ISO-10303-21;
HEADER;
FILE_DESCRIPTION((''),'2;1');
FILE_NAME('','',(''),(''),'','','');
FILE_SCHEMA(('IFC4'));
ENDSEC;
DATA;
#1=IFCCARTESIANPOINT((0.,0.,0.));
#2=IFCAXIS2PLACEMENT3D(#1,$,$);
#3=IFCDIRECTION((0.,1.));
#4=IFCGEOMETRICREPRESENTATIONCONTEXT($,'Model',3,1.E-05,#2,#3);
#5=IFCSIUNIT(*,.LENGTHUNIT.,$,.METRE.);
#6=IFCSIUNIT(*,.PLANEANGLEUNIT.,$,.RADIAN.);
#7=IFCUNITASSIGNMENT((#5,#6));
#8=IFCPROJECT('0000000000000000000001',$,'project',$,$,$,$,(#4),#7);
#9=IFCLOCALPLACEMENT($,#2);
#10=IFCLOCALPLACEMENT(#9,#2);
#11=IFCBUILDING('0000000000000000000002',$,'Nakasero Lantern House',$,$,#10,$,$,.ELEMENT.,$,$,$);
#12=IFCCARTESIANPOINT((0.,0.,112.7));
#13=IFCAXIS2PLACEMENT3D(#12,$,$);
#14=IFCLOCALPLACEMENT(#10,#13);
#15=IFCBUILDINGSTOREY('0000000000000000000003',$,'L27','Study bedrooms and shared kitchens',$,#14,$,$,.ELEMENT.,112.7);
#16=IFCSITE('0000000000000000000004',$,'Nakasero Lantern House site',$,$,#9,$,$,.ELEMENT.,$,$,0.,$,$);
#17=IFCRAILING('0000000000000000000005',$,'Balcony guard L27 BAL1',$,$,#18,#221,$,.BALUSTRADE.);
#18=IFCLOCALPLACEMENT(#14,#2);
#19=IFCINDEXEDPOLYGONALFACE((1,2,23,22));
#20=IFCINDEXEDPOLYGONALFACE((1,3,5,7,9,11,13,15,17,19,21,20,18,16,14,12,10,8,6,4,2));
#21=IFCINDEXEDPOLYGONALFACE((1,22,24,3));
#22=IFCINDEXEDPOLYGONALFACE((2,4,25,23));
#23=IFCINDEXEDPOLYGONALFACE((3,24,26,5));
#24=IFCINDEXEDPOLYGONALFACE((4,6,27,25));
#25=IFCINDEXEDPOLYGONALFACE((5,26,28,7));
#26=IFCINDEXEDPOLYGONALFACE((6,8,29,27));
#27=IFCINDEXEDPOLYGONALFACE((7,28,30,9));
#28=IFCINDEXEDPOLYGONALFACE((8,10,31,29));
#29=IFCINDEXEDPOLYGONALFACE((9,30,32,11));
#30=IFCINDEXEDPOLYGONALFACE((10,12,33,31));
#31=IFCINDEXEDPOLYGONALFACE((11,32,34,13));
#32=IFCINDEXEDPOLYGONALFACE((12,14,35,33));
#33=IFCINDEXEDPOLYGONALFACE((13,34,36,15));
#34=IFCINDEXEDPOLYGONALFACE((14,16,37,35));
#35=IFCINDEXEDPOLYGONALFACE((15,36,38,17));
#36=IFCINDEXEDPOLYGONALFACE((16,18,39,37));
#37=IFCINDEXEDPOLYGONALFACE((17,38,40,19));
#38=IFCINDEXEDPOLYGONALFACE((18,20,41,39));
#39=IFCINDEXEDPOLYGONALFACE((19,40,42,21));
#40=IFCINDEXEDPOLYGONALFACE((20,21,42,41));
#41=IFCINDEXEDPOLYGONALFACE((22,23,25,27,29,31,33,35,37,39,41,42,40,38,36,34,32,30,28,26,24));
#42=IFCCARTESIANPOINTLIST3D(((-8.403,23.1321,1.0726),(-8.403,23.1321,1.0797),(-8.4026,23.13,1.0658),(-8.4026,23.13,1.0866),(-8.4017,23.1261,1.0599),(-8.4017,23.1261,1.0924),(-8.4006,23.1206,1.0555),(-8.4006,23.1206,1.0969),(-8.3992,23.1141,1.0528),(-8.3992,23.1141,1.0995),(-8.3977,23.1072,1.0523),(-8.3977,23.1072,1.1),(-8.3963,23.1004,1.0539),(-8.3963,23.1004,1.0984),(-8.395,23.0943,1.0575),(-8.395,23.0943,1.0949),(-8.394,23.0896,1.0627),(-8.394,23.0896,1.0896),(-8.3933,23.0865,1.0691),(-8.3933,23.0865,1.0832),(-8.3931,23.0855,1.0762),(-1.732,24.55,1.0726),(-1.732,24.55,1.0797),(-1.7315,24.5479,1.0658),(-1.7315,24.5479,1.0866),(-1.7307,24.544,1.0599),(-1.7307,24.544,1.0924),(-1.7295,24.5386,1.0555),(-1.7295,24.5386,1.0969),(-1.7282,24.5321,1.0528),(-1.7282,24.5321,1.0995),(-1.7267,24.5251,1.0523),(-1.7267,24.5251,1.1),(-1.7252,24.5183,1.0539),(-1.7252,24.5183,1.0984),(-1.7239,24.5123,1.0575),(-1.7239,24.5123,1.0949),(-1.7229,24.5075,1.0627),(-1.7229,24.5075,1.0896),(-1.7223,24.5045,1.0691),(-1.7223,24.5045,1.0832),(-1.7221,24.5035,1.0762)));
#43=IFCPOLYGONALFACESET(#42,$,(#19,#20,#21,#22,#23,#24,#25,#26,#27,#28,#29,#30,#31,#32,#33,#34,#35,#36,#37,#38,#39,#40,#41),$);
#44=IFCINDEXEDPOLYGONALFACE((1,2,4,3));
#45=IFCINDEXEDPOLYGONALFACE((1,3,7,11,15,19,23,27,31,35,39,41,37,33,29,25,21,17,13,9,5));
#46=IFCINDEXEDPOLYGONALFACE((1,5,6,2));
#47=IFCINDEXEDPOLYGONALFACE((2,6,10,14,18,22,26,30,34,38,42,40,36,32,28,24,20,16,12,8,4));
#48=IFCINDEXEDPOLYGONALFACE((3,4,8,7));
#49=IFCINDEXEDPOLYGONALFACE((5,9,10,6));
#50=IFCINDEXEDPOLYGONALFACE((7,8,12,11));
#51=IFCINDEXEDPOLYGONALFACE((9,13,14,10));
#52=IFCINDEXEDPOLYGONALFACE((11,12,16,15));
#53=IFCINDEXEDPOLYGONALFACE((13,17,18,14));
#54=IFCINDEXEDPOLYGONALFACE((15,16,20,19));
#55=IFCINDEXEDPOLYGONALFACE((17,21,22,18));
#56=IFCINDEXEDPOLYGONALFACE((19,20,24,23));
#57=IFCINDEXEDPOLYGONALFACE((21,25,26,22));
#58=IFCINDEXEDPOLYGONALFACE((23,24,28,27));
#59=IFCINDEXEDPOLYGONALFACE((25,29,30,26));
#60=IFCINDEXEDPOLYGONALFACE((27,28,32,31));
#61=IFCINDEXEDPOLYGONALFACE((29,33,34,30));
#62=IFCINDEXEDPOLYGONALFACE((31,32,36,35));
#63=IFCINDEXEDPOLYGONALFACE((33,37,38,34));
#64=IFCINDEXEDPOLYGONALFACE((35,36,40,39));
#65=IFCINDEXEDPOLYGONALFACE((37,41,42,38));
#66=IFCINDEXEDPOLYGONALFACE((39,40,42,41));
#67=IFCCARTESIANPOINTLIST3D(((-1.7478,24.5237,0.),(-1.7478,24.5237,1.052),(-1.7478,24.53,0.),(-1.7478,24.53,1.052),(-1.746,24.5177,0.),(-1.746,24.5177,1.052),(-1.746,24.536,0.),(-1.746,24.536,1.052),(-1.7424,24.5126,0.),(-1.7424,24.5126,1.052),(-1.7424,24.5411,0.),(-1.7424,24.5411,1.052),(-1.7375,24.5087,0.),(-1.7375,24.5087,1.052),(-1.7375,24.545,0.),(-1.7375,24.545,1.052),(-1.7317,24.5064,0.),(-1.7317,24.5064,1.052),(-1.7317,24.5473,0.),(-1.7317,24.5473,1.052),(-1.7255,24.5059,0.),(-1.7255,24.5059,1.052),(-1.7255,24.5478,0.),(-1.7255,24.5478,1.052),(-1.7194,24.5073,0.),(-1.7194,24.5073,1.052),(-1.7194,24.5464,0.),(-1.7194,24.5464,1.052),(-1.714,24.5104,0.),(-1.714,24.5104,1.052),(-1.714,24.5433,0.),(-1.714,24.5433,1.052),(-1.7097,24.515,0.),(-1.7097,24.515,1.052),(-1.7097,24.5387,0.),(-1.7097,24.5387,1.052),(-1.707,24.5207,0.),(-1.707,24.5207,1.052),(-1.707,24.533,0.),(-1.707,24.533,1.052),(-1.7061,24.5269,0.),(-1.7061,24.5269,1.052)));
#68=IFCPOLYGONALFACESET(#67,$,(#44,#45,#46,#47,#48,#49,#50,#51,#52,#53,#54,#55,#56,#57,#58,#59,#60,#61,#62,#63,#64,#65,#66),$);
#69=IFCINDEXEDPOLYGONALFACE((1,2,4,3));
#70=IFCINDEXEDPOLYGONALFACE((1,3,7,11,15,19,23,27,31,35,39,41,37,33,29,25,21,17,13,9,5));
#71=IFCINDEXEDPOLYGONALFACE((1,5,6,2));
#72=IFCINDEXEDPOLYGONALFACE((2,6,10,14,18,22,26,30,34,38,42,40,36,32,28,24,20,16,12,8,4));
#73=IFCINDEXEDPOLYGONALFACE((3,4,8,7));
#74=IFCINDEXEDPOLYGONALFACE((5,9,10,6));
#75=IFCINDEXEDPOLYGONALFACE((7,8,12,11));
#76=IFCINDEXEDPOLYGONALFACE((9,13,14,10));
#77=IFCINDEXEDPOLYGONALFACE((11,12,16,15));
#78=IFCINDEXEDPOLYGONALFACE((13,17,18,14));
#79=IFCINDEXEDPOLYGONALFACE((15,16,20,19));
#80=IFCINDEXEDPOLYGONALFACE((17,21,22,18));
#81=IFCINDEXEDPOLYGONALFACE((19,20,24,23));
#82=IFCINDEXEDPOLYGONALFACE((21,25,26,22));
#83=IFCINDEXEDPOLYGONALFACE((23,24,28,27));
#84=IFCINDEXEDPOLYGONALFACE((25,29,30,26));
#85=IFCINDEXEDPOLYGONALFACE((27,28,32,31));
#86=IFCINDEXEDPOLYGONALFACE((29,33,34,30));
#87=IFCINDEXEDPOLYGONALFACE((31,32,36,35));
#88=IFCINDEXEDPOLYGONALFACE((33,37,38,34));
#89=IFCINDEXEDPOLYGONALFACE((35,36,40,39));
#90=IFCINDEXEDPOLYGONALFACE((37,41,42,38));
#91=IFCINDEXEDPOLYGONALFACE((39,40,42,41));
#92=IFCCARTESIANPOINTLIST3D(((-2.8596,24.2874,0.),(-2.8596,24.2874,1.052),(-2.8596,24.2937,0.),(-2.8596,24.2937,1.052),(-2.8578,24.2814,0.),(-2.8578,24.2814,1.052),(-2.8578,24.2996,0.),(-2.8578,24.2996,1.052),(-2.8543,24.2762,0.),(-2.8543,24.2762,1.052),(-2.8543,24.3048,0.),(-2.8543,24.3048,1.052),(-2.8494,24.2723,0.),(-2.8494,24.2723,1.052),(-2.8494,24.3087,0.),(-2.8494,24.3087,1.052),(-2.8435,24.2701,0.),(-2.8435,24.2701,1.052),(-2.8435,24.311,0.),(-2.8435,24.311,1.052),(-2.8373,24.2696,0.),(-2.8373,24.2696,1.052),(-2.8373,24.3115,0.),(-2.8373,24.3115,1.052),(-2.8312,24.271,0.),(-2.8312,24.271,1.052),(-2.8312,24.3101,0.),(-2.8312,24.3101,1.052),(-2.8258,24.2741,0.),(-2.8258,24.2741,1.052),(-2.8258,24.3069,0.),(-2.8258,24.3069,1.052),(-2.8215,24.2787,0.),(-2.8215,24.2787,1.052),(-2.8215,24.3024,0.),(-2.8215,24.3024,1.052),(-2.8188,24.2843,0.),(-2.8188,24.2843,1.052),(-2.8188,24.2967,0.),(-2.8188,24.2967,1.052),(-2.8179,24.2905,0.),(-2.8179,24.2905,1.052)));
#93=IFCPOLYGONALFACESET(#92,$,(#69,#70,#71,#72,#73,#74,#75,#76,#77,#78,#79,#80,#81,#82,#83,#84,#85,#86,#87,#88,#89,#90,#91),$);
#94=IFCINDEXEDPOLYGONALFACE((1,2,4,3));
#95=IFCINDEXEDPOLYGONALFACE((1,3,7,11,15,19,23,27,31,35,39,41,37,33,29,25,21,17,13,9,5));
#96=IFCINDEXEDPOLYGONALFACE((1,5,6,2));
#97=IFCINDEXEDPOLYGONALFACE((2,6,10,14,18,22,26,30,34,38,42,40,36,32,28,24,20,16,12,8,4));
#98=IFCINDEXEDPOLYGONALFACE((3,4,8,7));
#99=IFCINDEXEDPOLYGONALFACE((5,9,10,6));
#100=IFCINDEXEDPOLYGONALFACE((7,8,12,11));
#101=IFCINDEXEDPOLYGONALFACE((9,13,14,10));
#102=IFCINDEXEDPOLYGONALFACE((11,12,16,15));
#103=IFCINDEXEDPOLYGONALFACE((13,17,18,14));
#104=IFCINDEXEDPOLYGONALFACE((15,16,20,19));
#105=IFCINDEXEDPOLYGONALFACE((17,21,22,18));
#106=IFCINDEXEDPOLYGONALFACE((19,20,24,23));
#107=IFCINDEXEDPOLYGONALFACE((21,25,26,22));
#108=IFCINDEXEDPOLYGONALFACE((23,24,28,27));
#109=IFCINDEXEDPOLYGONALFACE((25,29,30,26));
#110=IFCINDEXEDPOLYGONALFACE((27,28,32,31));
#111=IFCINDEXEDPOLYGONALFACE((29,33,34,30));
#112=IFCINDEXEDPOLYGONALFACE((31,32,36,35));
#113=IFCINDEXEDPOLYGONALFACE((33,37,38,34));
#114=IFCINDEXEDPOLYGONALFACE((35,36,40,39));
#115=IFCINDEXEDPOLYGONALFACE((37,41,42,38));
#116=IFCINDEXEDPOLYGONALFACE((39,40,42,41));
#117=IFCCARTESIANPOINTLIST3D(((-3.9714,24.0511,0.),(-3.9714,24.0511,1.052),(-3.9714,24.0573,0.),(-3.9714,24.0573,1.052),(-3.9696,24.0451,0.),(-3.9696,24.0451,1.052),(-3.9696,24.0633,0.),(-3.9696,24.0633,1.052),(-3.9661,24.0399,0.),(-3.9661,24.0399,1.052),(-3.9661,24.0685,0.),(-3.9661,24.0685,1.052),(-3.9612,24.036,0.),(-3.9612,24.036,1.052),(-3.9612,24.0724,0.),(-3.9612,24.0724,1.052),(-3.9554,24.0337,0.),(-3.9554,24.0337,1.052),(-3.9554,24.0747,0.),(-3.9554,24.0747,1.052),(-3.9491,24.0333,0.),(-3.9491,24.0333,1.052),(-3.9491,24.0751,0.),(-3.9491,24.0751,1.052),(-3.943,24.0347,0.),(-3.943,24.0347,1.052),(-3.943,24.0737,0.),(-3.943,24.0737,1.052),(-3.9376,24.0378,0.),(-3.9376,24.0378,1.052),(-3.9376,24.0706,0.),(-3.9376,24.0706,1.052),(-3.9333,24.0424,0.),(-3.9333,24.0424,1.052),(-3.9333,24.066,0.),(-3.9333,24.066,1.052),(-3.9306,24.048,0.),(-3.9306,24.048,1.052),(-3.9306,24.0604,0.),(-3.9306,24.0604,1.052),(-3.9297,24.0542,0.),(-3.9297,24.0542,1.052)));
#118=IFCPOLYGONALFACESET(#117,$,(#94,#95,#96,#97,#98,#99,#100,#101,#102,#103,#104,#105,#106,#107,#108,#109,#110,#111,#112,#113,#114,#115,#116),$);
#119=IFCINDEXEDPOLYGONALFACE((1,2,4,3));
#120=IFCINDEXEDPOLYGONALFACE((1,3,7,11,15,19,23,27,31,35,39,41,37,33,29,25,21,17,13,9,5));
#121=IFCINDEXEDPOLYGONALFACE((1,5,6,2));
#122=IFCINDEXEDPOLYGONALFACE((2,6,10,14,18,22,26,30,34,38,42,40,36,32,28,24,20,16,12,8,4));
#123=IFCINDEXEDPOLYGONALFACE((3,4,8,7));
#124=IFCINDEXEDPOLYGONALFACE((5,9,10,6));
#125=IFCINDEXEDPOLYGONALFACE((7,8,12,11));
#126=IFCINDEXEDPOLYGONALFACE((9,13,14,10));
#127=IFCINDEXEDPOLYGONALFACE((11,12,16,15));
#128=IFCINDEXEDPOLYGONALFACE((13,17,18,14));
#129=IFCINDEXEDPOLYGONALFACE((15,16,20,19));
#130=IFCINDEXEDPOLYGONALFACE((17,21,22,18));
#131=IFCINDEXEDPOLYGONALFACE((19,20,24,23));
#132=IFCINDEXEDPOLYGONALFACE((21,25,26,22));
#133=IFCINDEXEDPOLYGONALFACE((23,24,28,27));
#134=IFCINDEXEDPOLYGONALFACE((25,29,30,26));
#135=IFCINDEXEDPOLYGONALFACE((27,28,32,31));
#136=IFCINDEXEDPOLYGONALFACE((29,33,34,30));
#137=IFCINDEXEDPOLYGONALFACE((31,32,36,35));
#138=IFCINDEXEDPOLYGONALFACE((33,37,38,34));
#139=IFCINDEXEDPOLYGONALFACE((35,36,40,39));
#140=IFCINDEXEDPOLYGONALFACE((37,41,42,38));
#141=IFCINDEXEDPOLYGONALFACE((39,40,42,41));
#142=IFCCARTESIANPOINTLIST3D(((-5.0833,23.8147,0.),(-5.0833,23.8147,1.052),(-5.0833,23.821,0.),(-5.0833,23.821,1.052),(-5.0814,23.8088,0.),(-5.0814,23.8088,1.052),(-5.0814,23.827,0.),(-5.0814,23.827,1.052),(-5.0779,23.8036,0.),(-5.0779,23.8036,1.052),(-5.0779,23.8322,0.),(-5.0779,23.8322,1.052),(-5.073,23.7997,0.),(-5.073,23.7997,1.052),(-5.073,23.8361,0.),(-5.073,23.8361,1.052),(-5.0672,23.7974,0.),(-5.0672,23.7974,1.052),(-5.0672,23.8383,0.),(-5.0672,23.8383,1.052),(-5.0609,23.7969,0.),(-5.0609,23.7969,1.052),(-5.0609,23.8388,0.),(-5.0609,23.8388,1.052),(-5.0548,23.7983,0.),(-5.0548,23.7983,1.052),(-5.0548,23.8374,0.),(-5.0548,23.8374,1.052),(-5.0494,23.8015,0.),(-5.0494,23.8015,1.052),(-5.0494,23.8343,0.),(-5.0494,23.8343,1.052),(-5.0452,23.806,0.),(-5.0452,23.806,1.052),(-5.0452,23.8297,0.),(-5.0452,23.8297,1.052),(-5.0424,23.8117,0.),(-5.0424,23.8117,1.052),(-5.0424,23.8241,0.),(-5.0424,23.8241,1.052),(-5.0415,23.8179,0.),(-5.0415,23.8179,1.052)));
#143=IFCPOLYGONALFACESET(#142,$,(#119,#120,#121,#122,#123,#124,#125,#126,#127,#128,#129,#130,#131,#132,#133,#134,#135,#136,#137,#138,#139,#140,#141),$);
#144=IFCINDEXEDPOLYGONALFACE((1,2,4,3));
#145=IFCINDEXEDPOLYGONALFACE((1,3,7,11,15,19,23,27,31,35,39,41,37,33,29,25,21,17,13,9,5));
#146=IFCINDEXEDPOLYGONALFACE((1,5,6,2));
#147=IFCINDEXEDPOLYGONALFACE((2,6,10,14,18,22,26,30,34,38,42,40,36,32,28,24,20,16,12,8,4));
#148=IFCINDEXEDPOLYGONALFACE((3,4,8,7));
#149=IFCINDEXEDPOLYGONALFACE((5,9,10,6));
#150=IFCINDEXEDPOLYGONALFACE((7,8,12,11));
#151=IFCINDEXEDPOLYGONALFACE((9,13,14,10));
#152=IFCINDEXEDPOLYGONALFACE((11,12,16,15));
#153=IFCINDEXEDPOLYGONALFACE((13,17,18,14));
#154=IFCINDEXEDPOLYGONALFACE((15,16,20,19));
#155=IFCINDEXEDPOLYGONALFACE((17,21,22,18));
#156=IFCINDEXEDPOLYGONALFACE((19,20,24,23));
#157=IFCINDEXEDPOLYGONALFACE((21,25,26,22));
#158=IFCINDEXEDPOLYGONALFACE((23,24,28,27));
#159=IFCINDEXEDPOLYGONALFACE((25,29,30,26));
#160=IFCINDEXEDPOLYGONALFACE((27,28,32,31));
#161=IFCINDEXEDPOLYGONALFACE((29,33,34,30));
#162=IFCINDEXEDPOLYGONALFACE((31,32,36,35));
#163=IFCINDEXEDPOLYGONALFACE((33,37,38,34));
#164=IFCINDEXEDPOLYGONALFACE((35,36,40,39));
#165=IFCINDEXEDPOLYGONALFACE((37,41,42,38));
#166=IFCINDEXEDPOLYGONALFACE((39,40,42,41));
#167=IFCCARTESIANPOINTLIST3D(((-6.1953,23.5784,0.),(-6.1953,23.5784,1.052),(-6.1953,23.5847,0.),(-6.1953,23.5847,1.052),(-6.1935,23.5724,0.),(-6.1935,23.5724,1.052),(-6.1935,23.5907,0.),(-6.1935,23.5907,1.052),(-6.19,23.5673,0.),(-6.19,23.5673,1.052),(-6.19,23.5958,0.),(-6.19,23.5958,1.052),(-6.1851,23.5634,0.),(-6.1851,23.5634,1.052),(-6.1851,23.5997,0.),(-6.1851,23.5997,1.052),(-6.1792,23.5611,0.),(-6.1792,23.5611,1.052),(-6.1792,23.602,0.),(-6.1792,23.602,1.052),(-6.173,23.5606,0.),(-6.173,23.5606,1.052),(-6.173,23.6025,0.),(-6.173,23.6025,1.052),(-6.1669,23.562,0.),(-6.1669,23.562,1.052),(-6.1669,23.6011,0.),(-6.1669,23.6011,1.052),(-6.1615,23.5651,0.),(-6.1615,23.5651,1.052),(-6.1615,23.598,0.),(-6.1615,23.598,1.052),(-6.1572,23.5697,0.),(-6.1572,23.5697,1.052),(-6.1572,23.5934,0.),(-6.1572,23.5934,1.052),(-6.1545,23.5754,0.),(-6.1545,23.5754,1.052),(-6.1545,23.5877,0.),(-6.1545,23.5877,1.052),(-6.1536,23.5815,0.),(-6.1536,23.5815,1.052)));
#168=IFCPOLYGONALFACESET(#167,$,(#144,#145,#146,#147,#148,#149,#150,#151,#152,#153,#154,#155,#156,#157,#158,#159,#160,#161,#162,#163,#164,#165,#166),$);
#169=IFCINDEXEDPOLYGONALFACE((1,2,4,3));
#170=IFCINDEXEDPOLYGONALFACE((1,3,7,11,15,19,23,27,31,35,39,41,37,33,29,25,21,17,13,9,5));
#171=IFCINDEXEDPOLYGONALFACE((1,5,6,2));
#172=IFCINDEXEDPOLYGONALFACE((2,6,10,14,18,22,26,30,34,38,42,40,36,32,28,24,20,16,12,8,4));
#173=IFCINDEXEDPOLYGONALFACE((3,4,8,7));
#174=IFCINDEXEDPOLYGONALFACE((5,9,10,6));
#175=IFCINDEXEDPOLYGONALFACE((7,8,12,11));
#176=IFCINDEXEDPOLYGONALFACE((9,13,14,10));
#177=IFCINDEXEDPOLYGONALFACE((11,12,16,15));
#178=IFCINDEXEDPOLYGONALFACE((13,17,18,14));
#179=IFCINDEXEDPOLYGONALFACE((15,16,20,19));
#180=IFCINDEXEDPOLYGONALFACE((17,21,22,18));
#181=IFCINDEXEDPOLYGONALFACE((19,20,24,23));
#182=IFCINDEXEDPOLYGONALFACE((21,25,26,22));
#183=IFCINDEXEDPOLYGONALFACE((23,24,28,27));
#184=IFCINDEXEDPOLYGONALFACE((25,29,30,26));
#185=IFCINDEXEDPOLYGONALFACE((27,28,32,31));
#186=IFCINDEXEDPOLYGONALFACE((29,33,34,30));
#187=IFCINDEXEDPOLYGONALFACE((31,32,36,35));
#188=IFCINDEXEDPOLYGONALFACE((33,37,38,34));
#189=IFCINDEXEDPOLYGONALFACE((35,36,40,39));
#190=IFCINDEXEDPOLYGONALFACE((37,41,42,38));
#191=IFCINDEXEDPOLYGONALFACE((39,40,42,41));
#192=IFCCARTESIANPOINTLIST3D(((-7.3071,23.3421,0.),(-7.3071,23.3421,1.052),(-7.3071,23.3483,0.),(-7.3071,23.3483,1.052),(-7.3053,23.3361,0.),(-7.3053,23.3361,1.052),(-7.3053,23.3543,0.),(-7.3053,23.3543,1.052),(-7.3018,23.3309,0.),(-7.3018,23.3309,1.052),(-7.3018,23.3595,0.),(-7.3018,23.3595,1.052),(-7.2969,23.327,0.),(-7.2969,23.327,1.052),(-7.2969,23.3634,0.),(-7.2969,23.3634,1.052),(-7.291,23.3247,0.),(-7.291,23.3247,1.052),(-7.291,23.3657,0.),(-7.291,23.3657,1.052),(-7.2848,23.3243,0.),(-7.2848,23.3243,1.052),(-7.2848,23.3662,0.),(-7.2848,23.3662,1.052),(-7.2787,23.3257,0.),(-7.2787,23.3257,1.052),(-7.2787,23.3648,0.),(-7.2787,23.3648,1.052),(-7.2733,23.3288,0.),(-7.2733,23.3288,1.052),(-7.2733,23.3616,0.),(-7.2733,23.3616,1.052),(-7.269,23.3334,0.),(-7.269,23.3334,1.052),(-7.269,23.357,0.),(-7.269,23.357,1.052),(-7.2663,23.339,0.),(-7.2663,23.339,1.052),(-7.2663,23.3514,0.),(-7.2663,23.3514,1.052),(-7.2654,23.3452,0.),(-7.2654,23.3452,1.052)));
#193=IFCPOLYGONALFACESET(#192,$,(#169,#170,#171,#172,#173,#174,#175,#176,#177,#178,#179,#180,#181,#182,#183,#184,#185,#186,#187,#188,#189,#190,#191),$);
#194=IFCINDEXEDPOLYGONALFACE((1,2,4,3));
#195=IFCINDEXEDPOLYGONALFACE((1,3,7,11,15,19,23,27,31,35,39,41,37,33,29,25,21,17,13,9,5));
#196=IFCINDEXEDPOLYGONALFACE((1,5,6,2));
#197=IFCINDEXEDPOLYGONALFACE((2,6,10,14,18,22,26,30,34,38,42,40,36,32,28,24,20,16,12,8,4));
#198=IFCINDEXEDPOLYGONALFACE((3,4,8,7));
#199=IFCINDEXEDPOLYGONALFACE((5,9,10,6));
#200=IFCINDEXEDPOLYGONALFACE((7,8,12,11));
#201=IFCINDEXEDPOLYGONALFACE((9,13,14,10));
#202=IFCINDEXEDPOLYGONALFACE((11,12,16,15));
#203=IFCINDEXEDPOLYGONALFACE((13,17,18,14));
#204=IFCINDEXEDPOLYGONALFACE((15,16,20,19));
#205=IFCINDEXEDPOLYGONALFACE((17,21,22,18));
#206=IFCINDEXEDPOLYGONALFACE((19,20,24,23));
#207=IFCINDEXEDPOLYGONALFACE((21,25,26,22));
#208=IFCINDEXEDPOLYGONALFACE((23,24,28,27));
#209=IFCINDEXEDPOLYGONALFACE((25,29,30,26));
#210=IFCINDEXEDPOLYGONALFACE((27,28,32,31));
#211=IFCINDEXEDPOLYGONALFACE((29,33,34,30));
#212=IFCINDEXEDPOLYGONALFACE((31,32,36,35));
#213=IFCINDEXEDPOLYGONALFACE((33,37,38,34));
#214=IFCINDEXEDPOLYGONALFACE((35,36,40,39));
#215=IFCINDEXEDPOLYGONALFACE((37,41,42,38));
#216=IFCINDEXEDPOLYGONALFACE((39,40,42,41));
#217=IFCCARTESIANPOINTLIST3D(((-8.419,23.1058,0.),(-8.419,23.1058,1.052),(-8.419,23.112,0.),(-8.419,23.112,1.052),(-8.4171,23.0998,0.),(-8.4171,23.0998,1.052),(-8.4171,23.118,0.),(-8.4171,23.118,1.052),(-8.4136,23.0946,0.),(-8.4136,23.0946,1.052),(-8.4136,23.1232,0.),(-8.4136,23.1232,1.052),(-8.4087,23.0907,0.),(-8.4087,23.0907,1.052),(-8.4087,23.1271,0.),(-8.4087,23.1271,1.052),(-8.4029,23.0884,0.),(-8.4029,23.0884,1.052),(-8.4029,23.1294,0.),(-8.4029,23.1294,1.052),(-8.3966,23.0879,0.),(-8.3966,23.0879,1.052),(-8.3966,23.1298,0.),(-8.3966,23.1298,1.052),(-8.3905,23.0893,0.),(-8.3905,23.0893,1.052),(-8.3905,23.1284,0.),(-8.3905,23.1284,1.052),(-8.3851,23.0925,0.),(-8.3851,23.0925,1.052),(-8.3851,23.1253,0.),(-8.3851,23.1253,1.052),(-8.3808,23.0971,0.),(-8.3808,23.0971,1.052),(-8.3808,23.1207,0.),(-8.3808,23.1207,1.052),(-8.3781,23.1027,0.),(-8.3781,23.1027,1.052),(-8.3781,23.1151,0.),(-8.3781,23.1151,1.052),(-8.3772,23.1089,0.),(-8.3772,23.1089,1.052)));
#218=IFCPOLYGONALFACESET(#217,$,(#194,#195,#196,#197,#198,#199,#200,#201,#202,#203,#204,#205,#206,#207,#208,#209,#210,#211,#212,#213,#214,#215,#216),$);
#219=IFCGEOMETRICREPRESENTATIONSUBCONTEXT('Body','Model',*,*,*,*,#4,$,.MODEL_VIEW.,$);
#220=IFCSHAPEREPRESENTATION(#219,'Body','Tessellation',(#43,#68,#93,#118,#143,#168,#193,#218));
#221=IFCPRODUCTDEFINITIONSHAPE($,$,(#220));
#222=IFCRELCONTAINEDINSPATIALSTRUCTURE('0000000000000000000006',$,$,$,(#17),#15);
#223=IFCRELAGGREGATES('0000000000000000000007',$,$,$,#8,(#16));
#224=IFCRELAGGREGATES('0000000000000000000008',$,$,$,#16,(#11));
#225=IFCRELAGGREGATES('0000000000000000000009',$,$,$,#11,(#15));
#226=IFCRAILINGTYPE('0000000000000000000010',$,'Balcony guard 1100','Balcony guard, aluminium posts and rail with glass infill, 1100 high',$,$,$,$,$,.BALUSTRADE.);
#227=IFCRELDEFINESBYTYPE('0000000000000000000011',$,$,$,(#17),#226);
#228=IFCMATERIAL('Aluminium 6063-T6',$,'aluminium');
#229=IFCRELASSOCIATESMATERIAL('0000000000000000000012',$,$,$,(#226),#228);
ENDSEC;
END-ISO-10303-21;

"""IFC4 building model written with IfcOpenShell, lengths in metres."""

from ifc_helpers import new_model, si_unit, direction, frame, origin, origin_2d, place, context, subcontext, project, spatial, circle, extrude, material, type_object, element, save


model = new_model("IFC4")

# Units and contexts
model_context = context("Model", 3, precision=1e-05, world=origin(), true_north=direction((0.0, 1.0)))
body_context = subcontext(model_context, "Body", "Model", "MODEL_VIEW")
ifc_project = project(units=[si_unit("LENGTHUNIT", "METRE"), si_unit("PLANEANGLEUNIT", "RADIAN")], contexts=[model_context])

# Site, building, storey
site_placement = place(None, origin())
site = spatial("IfcSite", under=ifc_project, at=site_placement, Name="Nakasero Lantern House site", CompositionType="ELEMENT", RefElevation=0.0)
building_placement = place(site_placement, origin())
building = spatial("IfcBuilding", under=site, at=building_placement, Name="Nakasero Lantern House", CompositionType="ELEMENT")
storey_placement = place(building_placement, frame((0.0, 0.0, 112.7)))
storey = spatial("IfcBuildingStorey", under=building, at=storey_placement, Name="L27", Description="Study bedrooms and shared kitchens", CompositionType="ELEMENT", Elevation=112.7)

# Railing
ifc_material_1 = material(Name="Aluminium 6063-T6", Category="aluminium")
railing_type = type_object("IfcRailingType", Name="Balcony guard 1100", Description="Balcony guard, aluminium posts and rail with glass infill, 1100 high", PredefinedType="BALUSTRADE", material=ifc_material_1)
railing_placement = place(storey_placement, frame((-1.7271, 24.5269, 0.0)))
element("IfcRailing", 1, at=railing_placement, inside=storey, type_object=railing_type, Name="Balcony guard L27 BAL1", PredefinedType="BALUSTRADE", context=body_context, shape_type="SweptSolid", body=[
    extrude(circle(Radius=0.0239, at=origin_2d()), frame((0.0, 0.0, 1.0762), z_axis=(-0.978148, -0.207908, 0.0), x_axis=(0.207908, -0.978148, 0.0)), (0.0, 0.0, 1.0), 6.8201),
    extrude(circle(Radius=0.021, at=origin_2d()), origin(), (0.0, 0.0, 1.0), 1.052),
    extrude(circle(Radius=0.021, at=origin_2d()), frame((-1.1118, -0.2363, 0.0)), (0.0, 0.0, 1.0), 1.052),
    extrude(circle(Radius=0.021, at=origin_2d()), frame((-2.2236, -0.4727, 0.0)), (0.0, 0.0, 1.0), 1.052),
    extrude(circle(Radius=0.021, at=origin_2d()), frame((-3.3354, -0.709, 0.0)), (0.0, 0.0, 1.0), 1.052),
    extrude(circle(Radius=0.021, at=origin_2d()), frame((-4.4475, -0.9453, 0.0)), (0.0, 0.0, 1.0), 1.052),
    extrude(circle(Radius=0.021, at=origin_2d()), frame((-5.5593, -1.1816, 0.0)), (0.0, 0.0, 1.0), 1.052),
    extrude(circle(Radius=0.021, at=origin_2d()), frame((-6.6711, -1.418, 0.0)), (0.0, 0.0, 1.0), 1.052),
])

save(model, "model.ifc")
